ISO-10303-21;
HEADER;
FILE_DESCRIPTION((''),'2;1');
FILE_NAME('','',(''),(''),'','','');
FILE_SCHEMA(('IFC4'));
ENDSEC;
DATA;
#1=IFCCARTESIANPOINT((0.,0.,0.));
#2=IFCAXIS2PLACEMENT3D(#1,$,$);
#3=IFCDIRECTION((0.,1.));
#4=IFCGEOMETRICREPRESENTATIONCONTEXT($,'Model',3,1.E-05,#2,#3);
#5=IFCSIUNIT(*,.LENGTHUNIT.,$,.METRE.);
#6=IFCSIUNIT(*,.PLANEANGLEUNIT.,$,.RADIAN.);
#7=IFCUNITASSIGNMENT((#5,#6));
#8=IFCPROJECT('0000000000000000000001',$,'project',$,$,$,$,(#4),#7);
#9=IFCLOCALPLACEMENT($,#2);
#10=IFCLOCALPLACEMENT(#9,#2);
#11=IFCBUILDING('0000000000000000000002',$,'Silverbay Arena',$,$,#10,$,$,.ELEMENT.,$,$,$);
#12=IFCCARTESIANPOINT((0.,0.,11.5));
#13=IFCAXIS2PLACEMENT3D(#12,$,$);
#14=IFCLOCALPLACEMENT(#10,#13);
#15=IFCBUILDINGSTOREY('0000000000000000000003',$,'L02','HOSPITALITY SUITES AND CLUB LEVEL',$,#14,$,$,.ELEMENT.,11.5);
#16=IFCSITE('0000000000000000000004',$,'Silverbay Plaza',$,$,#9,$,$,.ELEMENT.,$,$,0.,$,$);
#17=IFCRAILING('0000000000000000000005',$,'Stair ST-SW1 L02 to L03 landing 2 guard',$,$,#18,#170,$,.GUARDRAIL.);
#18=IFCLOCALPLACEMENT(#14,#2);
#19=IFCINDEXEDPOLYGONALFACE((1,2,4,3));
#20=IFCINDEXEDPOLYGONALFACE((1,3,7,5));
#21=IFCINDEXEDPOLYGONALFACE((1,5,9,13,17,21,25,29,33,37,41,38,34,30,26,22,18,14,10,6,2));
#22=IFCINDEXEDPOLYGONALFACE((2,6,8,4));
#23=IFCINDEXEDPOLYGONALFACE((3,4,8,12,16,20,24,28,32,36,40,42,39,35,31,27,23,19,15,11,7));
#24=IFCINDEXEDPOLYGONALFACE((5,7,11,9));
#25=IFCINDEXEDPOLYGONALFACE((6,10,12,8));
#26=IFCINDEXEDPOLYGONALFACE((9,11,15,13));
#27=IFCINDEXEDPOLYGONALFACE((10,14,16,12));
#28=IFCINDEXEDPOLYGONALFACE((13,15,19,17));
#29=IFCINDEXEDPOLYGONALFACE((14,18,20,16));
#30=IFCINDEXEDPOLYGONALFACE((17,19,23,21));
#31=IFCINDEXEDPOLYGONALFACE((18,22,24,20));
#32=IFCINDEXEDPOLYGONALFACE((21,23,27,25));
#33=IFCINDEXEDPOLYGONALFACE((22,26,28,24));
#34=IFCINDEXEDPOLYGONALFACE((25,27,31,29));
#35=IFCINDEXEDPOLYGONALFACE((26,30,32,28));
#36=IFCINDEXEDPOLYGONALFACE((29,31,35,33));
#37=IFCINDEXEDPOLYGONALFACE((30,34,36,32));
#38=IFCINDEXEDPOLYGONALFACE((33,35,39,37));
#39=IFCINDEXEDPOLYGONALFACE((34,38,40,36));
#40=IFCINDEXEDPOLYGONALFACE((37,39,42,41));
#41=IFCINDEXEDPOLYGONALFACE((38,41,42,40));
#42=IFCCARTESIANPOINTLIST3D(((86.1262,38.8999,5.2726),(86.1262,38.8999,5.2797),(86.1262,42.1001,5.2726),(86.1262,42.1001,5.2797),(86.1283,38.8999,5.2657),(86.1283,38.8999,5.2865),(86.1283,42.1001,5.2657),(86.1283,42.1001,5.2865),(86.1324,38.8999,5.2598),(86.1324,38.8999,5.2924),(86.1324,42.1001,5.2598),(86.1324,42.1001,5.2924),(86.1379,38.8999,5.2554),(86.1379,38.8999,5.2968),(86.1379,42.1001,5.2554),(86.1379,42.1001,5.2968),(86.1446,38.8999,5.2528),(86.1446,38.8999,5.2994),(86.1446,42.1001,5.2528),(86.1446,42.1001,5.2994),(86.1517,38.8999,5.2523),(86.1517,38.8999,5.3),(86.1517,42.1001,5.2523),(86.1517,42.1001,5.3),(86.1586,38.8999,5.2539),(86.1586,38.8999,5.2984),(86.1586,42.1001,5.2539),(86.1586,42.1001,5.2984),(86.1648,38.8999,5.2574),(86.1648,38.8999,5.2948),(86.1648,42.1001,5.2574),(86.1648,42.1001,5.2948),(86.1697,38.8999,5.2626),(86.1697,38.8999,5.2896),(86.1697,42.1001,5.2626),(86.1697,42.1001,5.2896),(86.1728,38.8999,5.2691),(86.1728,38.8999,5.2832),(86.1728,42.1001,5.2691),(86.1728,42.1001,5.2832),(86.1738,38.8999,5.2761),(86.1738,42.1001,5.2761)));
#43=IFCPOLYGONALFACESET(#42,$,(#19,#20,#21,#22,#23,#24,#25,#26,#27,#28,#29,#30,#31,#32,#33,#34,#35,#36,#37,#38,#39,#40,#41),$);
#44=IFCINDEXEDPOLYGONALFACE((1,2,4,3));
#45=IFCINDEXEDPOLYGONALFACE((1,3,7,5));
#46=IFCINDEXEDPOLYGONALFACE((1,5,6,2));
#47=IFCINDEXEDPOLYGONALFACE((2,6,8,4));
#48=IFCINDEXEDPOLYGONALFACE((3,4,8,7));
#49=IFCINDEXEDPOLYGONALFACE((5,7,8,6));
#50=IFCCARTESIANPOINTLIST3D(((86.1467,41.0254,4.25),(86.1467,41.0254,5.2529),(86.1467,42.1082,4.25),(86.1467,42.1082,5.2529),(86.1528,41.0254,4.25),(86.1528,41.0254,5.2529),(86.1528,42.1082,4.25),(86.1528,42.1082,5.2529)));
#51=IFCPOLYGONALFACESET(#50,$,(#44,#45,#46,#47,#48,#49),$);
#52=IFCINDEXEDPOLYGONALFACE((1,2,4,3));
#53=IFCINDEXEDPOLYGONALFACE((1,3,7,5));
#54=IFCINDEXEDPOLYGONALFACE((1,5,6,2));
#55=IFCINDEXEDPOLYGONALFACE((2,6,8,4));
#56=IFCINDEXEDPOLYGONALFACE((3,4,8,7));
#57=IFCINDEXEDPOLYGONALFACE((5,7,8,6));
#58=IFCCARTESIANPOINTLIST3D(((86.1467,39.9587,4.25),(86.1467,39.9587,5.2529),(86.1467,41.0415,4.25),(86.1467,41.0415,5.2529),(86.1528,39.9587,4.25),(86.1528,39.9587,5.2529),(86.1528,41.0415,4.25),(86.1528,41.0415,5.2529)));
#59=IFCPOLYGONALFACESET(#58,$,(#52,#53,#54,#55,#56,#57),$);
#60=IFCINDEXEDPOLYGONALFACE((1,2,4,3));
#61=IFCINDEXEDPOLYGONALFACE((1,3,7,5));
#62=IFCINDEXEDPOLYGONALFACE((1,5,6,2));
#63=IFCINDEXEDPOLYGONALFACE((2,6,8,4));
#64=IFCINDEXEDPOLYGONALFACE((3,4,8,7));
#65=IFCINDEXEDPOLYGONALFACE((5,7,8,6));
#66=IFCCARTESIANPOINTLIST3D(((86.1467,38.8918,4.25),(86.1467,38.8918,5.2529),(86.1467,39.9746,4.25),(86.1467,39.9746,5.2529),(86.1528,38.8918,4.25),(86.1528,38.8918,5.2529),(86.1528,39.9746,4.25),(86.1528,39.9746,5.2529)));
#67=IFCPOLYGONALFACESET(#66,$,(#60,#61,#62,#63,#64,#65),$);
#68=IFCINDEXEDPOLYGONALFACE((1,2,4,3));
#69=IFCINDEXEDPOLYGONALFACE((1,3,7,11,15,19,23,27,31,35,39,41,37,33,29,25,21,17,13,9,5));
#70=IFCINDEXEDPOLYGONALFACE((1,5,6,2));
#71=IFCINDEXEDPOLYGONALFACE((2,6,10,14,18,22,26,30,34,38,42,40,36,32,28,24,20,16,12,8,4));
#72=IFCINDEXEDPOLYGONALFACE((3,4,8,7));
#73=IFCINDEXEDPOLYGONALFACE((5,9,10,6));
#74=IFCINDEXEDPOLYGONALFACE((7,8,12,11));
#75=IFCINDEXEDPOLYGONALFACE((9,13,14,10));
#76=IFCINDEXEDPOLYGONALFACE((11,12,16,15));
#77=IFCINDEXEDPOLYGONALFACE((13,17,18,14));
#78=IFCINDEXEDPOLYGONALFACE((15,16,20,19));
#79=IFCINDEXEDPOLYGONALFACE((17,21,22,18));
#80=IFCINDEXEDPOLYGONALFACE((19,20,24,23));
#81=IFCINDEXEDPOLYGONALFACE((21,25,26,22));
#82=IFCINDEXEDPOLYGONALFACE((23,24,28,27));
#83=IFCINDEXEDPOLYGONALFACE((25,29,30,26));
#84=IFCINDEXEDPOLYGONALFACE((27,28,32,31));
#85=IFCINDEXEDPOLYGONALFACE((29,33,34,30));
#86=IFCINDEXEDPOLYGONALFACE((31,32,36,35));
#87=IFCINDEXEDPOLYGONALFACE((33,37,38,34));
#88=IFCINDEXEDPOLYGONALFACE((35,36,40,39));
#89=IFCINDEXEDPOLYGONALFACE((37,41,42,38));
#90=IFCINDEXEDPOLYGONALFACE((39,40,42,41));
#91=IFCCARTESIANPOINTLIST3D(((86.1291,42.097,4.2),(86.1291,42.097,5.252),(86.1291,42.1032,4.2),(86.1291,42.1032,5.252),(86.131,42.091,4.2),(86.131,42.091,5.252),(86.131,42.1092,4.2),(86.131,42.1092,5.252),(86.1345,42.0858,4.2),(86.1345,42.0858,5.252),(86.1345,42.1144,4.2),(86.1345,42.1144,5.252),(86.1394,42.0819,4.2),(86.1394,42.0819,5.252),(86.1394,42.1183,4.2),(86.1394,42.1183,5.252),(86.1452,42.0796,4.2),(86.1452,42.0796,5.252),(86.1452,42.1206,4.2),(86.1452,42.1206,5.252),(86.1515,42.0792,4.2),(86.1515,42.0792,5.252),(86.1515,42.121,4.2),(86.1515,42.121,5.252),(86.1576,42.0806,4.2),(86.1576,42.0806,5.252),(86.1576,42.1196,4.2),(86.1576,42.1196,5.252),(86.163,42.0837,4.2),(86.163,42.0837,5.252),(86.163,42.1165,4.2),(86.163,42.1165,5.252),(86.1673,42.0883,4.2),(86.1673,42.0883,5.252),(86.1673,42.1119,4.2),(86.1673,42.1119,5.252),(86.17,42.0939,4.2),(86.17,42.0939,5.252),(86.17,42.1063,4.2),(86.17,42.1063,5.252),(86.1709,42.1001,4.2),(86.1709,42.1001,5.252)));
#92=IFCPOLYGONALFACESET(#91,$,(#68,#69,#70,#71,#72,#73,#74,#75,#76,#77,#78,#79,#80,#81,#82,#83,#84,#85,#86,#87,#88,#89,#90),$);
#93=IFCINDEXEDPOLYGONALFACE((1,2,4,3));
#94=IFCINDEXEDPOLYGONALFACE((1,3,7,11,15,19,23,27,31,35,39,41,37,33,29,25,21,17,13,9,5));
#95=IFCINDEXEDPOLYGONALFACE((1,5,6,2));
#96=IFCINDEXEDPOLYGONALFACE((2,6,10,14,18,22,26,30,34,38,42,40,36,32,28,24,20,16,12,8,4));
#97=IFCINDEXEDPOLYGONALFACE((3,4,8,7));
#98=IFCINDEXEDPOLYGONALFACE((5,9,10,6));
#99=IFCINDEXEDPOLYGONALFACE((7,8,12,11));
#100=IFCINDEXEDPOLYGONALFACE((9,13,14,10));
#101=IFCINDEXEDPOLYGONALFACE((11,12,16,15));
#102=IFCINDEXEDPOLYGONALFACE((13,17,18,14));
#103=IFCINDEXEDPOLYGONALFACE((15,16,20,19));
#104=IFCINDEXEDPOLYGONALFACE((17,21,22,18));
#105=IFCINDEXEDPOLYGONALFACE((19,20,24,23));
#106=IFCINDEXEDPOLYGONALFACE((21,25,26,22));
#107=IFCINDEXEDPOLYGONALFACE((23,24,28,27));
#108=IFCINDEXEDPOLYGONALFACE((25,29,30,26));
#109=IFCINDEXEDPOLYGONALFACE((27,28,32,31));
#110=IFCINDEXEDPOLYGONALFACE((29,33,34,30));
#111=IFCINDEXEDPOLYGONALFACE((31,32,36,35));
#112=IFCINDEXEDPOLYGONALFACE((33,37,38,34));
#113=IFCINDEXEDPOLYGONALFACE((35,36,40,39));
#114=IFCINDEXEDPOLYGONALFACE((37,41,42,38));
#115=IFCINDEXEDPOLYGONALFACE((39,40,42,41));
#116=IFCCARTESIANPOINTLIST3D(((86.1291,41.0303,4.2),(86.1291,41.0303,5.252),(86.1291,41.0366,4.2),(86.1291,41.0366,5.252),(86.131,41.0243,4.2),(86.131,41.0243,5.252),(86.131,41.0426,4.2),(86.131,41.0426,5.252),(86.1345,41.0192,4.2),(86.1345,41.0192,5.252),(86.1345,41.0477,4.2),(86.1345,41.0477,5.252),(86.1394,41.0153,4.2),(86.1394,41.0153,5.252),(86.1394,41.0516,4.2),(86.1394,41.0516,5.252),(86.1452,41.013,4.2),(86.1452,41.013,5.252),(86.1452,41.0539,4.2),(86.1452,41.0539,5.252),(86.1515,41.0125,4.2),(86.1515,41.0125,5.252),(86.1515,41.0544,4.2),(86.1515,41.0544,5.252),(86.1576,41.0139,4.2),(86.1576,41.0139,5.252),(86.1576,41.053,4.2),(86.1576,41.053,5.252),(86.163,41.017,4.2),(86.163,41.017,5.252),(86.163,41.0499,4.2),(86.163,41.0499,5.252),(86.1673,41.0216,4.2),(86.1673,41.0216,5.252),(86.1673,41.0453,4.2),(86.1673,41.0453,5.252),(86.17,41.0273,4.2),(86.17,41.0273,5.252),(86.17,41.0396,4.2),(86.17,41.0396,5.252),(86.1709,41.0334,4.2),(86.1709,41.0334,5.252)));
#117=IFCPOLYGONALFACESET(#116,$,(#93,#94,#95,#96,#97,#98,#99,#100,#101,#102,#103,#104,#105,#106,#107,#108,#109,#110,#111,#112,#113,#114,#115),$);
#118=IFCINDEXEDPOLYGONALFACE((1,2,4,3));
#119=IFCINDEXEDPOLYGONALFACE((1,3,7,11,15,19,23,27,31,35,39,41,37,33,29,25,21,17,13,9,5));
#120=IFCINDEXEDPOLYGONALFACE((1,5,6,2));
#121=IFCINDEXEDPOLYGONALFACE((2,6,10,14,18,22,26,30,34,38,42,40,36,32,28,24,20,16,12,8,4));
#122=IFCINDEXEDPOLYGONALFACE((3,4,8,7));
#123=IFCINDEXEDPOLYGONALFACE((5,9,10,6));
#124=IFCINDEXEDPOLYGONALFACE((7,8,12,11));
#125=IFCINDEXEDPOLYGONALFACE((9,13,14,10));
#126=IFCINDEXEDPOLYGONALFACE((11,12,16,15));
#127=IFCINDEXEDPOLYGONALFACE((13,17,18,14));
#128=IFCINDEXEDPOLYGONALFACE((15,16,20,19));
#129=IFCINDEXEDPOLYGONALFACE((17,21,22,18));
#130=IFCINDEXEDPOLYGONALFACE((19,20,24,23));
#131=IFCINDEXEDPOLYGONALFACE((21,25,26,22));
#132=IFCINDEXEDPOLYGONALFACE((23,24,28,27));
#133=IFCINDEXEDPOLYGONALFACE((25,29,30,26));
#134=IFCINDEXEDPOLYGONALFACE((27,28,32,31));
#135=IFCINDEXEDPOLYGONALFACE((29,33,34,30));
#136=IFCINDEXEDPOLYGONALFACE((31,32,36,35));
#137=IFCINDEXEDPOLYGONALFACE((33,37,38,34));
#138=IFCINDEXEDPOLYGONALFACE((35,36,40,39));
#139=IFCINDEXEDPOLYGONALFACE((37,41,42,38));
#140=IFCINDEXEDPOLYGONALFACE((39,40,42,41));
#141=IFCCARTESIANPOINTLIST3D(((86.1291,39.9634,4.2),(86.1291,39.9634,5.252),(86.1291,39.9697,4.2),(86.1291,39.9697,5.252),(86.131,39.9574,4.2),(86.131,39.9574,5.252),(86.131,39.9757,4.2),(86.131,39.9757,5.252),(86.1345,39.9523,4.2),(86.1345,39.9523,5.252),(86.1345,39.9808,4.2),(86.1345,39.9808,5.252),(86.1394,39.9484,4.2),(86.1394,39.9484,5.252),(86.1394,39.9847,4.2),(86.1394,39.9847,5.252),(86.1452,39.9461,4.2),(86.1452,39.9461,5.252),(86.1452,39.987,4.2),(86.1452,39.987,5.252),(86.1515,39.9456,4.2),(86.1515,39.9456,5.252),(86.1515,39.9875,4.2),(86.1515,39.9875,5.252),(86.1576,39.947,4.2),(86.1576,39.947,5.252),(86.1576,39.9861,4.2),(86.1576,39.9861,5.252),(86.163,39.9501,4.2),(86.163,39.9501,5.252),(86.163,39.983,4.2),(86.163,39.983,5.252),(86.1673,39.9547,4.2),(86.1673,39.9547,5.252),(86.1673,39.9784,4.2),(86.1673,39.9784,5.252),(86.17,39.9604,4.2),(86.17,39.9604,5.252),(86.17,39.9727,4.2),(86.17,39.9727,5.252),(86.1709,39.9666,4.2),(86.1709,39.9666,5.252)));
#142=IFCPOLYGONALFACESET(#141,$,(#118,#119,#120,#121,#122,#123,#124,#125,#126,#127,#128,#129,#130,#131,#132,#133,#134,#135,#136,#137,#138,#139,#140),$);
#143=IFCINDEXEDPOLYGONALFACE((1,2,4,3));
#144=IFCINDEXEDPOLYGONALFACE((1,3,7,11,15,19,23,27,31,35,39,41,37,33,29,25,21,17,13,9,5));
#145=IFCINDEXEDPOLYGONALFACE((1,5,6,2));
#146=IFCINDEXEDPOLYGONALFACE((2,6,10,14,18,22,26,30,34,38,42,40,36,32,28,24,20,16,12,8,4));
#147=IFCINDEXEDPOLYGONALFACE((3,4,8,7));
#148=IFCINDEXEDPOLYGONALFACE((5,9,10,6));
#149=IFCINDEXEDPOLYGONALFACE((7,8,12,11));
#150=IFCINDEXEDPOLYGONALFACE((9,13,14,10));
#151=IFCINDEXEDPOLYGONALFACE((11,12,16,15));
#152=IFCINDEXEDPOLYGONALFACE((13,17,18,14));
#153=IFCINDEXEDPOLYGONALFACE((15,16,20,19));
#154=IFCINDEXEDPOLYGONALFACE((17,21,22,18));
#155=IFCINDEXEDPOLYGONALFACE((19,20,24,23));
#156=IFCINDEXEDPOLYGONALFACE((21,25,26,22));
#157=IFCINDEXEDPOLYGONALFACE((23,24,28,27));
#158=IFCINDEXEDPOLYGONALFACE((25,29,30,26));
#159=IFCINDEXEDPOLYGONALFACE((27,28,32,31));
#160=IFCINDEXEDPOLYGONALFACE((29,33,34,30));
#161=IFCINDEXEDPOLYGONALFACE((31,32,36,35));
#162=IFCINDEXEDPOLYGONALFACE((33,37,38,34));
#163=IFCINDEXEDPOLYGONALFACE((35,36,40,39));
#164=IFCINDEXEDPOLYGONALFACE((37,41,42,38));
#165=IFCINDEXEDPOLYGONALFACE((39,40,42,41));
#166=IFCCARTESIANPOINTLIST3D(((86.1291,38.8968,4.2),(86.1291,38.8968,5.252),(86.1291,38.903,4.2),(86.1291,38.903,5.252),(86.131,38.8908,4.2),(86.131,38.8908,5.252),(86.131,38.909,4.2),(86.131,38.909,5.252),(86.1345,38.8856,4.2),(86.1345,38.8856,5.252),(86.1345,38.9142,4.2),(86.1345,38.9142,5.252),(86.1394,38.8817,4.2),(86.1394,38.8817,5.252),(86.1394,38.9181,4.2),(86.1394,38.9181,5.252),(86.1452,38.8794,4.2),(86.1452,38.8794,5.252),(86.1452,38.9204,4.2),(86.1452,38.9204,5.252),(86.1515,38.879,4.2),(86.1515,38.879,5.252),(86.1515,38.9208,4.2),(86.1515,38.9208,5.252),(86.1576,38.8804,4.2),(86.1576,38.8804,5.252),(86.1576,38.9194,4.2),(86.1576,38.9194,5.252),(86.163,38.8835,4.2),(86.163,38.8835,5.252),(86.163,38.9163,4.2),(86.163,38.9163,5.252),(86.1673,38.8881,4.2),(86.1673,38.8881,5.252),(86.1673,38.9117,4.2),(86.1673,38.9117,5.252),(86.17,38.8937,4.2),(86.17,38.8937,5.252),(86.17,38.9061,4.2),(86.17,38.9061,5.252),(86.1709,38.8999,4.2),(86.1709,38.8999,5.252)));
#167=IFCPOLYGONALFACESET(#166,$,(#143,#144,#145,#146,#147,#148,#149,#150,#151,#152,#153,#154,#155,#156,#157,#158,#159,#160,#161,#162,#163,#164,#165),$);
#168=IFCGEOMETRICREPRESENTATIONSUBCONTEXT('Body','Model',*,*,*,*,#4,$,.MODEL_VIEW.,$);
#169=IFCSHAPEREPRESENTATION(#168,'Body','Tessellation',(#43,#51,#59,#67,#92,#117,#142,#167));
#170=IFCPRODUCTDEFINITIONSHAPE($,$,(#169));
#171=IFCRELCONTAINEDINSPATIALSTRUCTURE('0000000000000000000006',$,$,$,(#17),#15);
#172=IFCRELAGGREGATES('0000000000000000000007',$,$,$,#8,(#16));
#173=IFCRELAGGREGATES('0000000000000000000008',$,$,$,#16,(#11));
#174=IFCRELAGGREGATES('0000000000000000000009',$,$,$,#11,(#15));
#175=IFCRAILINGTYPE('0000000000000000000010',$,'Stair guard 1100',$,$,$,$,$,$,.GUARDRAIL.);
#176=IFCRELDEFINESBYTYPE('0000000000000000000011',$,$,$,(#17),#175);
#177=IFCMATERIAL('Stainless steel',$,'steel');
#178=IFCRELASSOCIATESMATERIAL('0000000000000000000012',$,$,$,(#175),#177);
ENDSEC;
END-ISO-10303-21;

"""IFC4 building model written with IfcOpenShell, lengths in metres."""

from ifc_helpers import new_model, si_unit, direction, frame, origin, origin_2d, place, context, subcontext, project, spatial, polyline, circle, outline, extrude, material, type_object, element, save


model = new_model("IFC4")

# Units and contexts
model_context = context("Model", 3, precision=1e-05, world=origin(), true_north=direction((0.0, 1.0)))
body_context = subcontext(model_context, "Body", "Model", "MODEL_VIEW")
ifc_project = project(units=[si_unit("LENGTHUNIT", "METRE"), si_unit("PLANEANGLEUNIT", "RADIAN")], contexts=[model_context])

# Site, building, storey
site_placement = place(None, origin())
site = spatial("IfcSite", under=ifc_project, at=site_placement, Name="Silverbay Plaza", CompositionType="ELEMENT", RefElevation=0.0)
building_placement = place(site_placement, origin())
building = spatial("IfcBuilding", under=site, at=building_placement, Name="Silverbay Arena", CompositionType="ELEMENT")
storey_placement = place(building_placement, frame((0.0, 0.0, 11.5)))
storey = spatial("IfcBuildingStorey", under=building, at=storey_placement, Name="L02", Description="HOSPITALITY SUITES AND CLUB LEVEL", CompositionType="ELEMENT", Elevation=11.5)

# Railing
ifc_material_1 = material(Name="Stainless steel", Category="steel")
railing_type_1 = type_object("IfcRailingType", Name="Stair guard 1100", PredefinedType="GUARDRAIL", material=ifc_material_1)
for number, where, name in (
    (1, (86.1499, 42.1001, 4.2), "Stair ST-SW1 L02 to L03 landing 2 guard"),
):
    element("IfcRailing", number, at=place(storey_placement, frame(where)), inside=storey, type_object=railing_type_1, Name=name, PredefinedType="GUARDRAIL", context=body_context, shape_type="SweptSolid", body=[
        extrude(circle(Radius=0.0239, at=origin_2d()), frame((0.0, 0.0, 1.0762), z_axis=(0.0, -1.0, 0.0), x_axis=(1.0, 0.0, 0.0)), (0.0, 0.0, 1.0), 3.2002),
        extrude(outline(polyline([(-0.0081, 0.05), (1.0747, 0.05), (1.0747, 1.053), (-0.0081, 1.053), (-0.0081, 0.05)])), frame((0.0029, 0.0, 0.0), z_axis=(-1.0, 0.0, 0.0), x_axis=(0.0, -1.0, 0.0)), (0.0, 0.0, 1.0), 0.0061),
        extrude(outline(polyline([(-0.0081, 0.05), (1.0747, 0.05), (1.0747, 1.053), (-0.0081, 1.053), (-0.0081, 0.05)])), frame((0.0029, -1.0667, 0.0), z_axis=(-1.0, 0.0, 0.0), x_axis=(0.0, -1.0, 0.0)), (0.0, 0.0, 1.0), 0.0061),
        extrude(outline(polyline([(-0.0081, 0.05), (1.0747, 0.05), (1.0747, 1.053), (-0.0081, 1.053), (-0.0081, 0.05)])), frame((0.0029, -2.1335, 0.0), z_axis=(-1.0, 0.0, 0.0), x_axis=(0.0, -1.0, 0.0)), (0.0, 0.0, 1.0), 0.0061),
        extrude(circle(Radius=0.021, at=origin_2d()), origin(), (0.0, 0.0, 1.0), 1.052),
        extrude(circle(Radius=0.021, at=origin_2d()), frame((0.0, -1.0667, 0.0)), (0.0, 0.0, 1.0), 1.052),
        extrude(circle(Radius=0.021, at=origin_2d()), frame((0.0, -2.1335, 0.0)), (0.0, 0.0, 1.0), 1.052),
        extrude(circle(Radius=0.021, at=origin_2d()), frame((0.0, -3.2002, 0.0)), (0.0, 0.0, 1.0), 1.052),
    ])

save(model, "model.ifc")
